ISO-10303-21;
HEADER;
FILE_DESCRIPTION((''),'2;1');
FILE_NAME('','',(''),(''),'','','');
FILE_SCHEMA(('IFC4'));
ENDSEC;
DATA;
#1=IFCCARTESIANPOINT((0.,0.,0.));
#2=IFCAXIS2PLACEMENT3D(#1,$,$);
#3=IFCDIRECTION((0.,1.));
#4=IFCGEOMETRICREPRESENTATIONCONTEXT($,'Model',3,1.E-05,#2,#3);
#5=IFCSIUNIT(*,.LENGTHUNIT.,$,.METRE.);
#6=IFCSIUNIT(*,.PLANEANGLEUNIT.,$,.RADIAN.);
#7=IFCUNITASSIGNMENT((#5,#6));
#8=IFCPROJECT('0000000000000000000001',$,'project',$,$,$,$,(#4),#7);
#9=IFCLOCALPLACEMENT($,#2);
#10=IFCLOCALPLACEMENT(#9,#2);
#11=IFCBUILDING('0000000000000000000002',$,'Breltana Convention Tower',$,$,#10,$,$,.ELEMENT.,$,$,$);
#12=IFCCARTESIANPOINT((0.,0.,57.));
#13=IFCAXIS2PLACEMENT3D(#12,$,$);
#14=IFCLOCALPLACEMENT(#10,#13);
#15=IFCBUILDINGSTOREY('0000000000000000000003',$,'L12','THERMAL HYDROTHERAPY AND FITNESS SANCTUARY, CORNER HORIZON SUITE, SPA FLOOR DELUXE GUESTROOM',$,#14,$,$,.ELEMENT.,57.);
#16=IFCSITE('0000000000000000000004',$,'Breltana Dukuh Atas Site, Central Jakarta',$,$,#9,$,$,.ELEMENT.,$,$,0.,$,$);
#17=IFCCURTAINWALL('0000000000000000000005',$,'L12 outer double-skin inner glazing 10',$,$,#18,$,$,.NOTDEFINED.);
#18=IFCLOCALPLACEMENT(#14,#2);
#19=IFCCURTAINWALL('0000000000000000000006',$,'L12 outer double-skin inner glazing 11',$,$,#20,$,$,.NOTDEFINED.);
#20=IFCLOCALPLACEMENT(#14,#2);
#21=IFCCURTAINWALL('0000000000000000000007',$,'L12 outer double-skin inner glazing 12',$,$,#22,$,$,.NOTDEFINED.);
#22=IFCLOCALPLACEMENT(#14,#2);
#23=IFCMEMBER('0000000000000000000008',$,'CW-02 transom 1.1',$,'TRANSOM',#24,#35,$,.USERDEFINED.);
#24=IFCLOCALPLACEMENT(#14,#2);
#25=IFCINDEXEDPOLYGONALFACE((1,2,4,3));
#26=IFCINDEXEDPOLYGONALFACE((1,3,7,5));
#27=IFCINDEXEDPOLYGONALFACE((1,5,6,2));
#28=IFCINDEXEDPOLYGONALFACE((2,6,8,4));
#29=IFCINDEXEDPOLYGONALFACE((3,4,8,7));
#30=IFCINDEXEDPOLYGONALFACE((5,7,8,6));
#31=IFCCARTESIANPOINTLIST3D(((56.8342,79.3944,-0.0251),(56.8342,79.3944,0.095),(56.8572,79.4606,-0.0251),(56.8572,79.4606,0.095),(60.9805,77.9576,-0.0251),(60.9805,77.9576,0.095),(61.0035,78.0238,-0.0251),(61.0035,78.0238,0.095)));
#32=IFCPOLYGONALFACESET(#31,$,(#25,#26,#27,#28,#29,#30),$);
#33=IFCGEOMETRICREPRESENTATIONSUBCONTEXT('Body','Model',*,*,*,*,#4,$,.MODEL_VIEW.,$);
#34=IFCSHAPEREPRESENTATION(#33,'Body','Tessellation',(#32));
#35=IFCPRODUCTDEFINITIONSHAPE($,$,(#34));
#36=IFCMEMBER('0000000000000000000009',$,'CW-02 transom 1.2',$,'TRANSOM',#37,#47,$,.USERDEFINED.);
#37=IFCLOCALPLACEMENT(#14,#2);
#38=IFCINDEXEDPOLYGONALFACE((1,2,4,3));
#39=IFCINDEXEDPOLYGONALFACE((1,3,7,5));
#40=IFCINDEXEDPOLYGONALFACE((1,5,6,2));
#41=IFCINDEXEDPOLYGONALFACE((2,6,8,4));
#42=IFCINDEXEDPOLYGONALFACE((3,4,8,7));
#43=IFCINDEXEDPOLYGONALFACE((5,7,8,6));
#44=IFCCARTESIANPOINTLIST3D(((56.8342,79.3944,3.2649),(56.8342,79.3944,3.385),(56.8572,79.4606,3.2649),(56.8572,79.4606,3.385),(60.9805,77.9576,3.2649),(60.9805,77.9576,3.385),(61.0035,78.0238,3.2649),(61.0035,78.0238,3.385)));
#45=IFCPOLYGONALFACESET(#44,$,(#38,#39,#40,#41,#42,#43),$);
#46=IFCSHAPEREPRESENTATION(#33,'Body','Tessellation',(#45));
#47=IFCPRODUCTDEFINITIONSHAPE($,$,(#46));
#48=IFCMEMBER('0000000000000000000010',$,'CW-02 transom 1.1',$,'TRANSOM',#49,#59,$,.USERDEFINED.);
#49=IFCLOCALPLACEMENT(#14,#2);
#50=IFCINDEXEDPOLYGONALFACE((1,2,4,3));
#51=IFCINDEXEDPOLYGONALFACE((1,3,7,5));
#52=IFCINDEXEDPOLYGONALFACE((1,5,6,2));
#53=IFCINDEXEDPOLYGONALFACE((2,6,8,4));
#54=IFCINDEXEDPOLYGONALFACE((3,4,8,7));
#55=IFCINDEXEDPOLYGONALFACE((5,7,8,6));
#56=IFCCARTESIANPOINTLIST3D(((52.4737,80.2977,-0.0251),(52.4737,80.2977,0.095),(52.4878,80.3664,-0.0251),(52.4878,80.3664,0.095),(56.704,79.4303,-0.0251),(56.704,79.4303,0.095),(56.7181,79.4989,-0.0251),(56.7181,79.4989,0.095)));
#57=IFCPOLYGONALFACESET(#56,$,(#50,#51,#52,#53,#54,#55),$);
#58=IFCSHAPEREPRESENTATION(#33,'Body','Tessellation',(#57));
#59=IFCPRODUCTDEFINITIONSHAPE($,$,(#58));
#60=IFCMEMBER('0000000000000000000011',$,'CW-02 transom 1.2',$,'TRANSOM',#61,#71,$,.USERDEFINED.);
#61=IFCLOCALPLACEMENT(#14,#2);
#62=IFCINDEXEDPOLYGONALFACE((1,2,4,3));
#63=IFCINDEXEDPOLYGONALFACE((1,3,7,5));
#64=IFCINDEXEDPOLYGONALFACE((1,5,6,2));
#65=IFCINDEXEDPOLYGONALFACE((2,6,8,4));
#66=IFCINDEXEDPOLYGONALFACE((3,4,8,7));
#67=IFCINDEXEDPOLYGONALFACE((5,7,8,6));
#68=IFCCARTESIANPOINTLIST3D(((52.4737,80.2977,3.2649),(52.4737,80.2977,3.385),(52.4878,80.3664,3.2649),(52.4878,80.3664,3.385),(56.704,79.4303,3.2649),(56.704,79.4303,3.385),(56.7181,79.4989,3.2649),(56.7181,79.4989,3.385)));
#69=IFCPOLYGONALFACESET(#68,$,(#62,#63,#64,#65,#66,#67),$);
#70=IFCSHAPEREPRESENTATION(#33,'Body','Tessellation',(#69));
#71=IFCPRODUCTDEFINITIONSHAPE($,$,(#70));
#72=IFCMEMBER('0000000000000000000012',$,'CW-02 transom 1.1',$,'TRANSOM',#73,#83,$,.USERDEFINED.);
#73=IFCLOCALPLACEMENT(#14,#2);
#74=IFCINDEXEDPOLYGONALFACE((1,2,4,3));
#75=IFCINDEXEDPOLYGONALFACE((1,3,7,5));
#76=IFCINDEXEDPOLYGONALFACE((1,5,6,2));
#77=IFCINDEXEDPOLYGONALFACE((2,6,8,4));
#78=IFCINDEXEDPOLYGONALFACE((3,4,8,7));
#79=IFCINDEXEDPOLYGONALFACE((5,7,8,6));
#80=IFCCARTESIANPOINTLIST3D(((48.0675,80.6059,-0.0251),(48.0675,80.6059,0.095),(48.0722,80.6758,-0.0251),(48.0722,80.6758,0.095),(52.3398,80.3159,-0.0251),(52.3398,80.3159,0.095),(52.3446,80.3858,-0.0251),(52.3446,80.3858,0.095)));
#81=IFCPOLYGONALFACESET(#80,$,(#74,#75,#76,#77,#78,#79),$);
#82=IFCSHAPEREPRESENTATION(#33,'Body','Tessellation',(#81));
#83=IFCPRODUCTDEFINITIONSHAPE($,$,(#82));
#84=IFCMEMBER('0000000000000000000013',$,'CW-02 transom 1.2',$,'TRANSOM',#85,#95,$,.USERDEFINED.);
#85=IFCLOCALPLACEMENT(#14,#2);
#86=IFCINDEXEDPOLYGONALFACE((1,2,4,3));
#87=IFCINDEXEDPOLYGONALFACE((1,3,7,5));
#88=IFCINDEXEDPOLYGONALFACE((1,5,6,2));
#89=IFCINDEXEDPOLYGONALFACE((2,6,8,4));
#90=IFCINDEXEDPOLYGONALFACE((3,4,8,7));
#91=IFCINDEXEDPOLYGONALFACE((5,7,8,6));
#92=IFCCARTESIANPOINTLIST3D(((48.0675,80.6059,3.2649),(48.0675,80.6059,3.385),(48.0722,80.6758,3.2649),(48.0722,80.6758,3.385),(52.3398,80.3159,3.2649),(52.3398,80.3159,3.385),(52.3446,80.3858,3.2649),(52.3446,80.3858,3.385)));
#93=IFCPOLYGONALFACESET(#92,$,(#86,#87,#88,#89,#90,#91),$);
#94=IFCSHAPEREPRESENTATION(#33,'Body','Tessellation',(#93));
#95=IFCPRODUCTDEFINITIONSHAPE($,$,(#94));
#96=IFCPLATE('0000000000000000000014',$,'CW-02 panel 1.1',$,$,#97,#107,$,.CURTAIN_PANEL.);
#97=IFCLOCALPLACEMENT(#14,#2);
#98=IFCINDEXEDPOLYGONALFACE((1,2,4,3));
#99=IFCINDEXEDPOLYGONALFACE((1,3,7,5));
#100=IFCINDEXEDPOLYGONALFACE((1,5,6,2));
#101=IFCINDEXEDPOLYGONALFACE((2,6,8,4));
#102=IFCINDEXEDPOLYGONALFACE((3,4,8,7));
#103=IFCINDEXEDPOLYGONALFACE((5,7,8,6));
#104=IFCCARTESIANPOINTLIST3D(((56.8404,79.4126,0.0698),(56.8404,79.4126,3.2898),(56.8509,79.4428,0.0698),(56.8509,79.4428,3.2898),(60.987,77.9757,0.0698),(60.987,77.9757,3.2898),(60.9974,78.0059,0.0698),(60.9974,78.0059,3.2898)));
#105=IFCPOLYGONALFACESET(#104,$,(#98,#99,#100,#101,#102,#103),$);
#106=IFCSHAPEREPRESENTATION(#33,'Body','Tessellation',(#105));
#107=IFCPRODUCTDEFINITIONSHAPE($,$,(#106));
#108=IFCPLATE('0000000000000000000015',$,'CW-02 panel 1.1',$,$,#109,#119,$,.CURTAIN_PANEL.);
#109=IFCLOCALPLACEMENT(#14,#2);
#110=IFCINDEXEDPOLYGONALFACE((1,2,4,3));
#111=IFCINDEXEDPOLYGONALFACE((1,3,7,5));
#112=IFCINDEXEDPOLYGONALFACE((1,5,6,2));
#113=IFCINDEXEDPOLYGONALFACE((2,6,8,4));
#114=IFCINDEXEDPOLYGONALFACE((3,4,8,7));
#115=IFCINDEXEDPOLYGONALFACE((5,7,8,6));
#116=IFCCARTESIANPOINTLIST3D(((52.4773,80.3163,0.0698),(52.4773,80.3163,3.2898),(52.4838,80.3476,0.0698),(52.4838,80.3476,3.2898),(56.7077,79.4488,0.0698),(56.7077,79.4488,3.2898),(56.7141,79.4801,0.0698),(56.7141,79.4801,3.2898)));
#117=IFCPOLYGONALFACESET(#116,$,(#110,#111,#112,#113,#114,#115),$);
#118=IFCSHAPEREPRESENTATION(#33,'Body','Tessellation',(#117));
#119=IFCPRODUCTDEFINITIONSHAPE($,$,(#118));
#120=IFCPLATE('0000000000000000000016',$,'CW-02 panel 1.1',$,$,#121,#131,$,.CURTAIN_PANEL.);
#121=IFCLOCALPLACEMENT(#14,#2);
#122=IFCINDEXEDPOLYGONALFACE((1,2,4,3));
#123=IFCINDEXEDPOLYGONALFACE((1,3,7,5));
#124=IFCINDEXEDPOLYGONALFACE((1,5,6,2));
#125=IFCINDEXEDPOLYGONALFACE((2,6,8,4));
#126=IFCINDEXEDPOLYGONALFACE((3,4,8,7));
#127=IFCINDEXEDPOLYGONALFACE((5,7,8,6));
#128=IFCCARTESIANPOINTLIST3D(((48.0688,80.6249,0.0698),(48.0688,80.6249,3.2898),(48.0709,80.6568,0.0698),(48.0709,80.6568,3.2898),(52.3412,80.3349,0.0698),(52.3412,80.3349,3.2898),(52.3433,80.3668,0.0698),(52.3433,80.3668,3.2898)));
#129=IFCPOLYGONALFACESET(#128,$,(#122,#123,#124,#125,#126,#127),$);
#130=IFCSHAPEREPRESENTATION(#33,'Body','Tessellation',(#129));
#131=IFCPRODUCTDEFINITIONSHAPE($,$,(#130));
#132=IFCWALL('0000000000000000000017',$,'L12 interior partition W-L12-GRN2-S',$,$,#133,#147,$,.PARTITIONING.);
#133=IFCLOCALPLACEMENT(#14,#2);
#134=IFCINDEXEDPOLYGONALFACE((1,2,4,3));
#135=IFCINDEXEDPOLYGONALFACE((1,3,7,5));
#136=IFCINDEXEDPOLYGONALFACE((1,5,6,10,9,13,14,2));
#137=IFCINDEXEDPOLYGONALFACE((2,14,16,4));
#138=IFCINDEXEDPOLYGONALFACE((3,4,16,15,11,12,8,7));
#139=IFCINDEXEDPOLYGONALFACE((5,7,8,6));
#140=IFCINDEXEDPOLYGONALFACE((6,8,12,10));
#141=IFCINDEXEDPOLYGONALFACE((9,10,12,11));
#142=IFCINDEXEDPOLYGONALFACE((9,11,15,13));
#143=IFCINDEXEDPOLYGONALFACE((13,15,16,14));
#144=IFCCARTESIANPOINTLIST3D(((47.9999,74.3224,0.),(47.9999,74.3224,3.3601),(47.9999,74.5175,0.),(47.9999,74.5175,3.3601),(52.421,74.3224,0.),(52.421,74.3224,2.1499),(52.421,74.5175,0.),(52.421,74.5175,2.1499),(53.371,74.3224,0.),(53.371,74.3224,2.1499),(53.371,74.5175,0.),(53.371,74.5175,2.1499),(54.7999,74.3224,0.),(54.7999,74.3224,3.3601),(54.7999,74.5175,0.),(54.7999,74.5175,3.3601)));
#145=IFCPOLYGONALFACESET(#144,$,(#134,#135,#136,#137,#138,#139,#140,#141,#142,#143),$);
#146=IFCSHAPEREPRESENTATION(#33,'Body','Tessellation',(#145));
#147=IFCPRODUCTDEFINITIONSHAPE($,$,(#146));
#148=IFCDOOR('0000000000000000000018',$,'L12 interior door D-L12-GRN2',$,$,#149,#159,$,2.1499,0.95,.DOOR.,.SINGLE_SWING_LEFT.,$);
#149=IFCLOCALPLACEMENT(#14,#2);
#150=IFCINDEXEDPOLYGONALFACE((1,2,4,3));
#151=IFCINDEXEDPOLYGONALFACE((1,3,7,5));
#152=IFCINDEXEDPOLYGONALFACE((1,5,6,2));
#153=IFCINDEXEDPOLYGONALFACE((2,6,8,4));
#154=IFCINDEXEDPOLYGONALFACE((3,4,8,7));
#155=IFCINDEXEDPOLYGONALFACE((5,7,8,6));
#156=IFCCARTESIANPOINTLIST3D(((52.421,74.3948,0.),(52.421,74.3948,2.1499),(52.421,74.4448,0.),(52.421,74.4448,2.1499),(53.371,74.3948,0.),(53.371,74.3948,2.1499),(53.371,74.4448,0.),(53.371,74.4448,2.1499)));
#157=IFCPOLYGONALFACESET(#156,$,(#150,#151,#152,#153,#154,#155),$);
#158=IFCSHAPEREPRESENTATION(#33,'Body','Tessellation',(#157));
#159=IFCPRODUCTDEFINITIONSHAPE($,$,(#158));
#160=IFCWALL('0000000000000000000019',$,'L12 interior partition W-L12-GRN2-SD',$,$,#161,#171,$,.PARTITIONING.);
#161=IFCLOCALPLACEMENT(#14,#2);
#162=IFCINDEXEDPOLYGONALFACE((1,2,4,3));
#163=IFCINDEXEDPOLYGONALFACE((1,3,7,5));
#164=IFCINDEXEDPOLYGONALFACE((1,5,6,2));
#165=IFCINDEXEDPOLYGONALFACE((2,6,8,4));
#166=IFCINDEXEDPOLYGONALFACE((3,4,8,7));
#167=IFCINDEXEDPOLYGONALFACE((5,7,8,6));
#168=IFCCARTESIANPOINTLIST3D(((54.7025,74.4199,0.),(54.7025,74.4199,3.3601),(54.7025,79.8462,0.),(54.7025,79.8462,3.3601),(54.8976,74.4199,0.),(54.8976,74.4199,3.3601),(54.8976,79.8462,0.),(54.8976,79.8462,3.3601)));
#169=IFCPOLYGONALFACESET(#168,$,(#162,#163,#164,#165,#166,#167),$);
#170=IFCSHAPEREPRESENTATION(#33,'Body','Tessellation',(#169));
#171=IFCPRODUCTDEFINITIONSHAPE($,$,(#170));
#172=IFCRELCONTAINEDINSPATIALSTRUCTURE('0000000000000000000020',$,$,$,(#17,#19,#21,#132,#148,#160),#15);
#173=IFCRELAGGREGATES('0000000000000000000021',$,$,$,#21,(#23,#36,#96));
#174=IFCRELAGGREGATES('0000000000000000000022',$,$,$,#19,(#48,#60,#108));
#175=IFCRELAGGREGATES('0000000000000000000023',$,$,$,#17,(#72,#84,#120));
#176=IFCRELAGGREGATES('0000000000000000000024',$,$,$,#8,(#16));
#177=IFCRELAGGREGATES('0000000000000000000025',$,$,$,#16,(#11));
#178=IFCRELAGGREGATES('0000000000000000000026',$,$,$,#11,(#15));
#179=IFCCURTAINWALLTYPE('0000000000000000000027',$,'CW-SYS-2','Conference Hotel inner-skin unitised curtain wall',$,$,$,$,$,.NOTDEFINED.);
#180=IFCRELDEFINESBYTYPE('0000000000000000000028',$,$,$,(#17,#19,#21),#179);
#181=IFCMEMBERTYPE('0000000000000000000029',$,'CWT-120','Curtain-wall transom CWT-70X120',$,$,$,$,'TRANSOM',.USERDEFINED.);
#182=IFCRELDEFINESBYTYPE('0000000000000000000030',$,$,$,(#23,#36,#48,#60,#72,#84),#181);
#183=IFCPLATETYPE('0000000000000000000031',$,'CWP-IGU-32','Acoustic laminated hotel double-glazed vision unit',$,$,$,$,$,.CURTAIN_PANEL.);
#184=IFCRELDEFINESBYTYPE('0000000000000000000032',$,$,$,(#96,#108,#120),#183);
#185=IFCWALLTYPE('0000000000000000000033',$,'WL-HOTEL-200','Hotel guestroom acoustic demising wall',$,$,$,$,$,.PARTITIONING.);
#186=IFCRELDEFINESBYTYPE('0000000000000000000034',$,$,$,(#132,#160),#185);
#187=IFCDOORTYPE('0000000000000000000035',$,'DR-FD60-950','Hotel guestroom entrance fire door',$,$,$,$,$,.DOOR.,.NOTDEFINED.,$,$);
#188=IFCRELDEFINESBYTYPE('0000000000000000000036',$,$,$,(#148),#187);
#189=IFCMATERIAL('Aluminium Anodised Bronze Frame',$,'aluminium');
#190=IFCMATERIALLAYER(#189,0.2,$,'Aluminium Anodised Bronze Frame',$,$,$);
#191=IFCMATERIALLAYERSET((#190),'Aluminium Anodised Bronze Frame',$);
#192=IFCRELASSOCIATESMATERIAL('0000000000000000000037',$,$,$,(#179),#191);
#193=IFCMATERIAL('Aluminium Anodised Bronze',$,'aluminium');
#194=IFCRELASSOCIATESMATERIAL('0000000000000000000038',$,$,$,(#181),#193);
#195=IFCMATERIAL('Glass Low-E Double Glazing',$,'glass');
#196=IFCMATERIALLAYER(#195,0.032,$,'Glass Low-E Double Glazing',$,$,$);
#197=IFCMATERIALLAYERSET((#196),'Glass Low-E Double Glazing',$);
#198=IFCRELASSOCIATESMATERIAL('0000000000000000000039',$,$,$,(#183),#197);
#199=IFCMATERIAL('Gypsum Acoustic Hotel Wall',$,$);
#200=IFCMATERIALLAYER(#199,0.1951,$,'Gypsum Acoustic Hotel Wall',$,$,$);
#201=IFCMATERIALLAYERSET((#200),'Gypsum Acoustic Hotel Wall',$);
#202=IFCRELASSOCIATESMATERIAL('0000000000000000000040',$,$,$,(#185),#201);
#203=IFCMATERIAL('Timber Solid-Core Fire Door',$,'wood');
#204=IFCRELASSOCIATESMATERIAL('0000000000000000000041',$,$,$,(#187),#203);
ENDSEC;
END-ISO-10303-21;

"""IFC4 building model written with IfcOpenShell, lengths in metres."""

from ifc_helpers import new_model, si_unit, direction, frame, frame_2d, origin, origin_2d, place, context, subcontext, project, spatial, rectangle, extrude, source, transform, mapped, material, layer, layer_set, material_profile, profile_set, type_object, type_shapes, element, fill, aggregate, save


model = new_model("IFC4")

# Units and contexts
model_context = context("Model", 3, precision=1e-05, world=origin(), true_north=direction((0.0, 1.0)))
body_context = subcontext(model_context, "Body", "Model", "MODEL_VIEW")
ifc_project = project(units=[si_unit("LENGTHUNIT", "METRE"), si_unit("PLANEANGLEUNIT", "RADIAN")], contexts=[model_context])

# Site, building, storey
site_placement = place(None, origin())
site = spatial("IfcSite", under=ifc_project, at=site_placement, Name="Breltana Dukuh Atas Site, Central Jakarta", CompositionType="ELEMENT", RefElevation=0.0)
building_placement = place(site_placement, origin())
building = spatial("IfcBuilding", under=site, at=building_placement, Name="Breltana Convention Tower", CompositionType="ELEMENT")
storey_placement = place(building_placement, frame((0.0, 0.0, 57.0)))
storey = spatial("IfcBuildingStorey", under=building, at=storey_placement, Name="L12", Description="THERMAL HYDROTHERAPY AND FITNESS SANCTUARY, CORNER HORIZON SUITE, SPA FLOOR DELUXE GUESTROOM", CompositionType="ELEMENT", Elevation=57.0)

# Curtain walls
ifc_material_1 = material(Name="Aluminium Anodised Bronze Frame", Category="aluminium")
ifc_layer_1 = layer(ifc_material_1, 0.2, Name="Aluminium Anodised Bronze Frame")
ifc_layer_set_1 = layer_set([ifc_layer_1], Name="Aluminium Anodised Bronze Frame")
curtain_wall_type = type_object("IfcCurtainWallType", Name="CW-SYS-2", Description="Conference Hotel inner-skin unitised curtain wall", PredefinedType="NOTDEFINED", material=ifc_layer_set_1)
curtain_wall_1_placement = place(storey_placement, origin())
curtain_wall_1 = element("IfcCurtainWall", 1, at=curtain_wall_1_placement, inside=storey, type_object=curtain_wall_type, Name="L12 outer double-skin inner glazing 10", PredefinedType="NOTDEFINED")
ifc_material_2 = material(Name="Aluminium Anodised Bronze", Category="aluminium")
curtain_wall_2_placement = place(storey_placement, origin())
curtain_wall_2 = element("IfcCurtainWall", 2, at=curtain_wall_2_placement, inside=storey, type_object=curtain_wall_type, Name="L12 outer double-skin inner glazing 11", PredefinedType="NOTDEFINED")
curtain_wall_3_placement = place(storey_placement, origin())
curtain_wall_3 = element("IfcCurtainWall", 3, at=curtain_wall_3_placement, inside=storey, type_object=curtain_wall_type, Name="L12 outer double-skin inner glazing 12", PredefinedType="NOTDEFINED")
ifc_material_profile_1 = material_profile(ifc_material_2, rectangle(XDim=0.0701, YDim=0.1201, at=origin_2d()), Name="CWT-70X120")
ifc_profile_set_1 = profile_set([ifc_material_profile_1], Name="Aluminium Anodised Bronze")
member_type_1 = type_object("IfcMemberType", Name="CWT-120", Description="Curtain-wall transom CWT-70X120", ElementType="TRANSOM", PredefinedType="USERDEFINED", material=ifc_profile_set_1)

# Members
shared_shape_1 = source(origin(), body_context, "Body", "SweptSolid", [
    extrude(rectangle(XDim=0.0701, YDim=0.1201, at=origin_2d()), origin(), (0.0, 0.0, 1.0), 4.3882),
])
member_1_placement = place(storey_placement, frame((56.8457, 79.4275, 0.0349), z_axis=(0.944878, -0.327422, 0.0), x_axis=(0.327422, 0.944878, 0.0)))
member_1 = element("IfcMember", 4, at=member_1_placement, type_object=member_type_1, Name="CW-02 transom 1.1", ObjectType="TRANSOM", PredefinedType="USERDEFINED", context=body_context, shape_type="MappedRepresentation", body=[
    mapped(shared_shape_1, transform((0.0, 0.0, 0.0), scale=1.0)),
])
member_2_placement = place(storey_placement, frame((56.8457, 79.4275, 3.325), z_axis=(0.944878, -0.327422, 0.0), x_axis=(0.327422, 0.944878, 0.0)))
member_2 = element("IfcMember", 5, at=member_2_placement, type_object=member_type_1, Name="CW-02 transom 1.2", ObjectType="TRANSOM", PredefinedType="USERDEFINED", context=body_context, shape_type="MappedRepresentation", body=[
    mapped(shared_shape_1, transform((0.0, 0.0, 0.0), scale=1.0)),
])
shared_shape_2 = source(origin(), body_context, "Body", "SweptSolid", [
    extrude(rectangle(XDim=0.0701, YDim=0.1201, at=origin_2d()), origin(), (0.0, 0.0, 1.0), 4.3184),
])
member_3_placement = place(storey_placement, frame((52.4807, 80.332, 0.0349), z_axis=(0.979617, -0.200876, 0.0), x_axis=(0.200876, 0.979617, 0.0)))
member_3 = element("IfcMember", 6, at=member_3_placement, type_object=member_type_1, Name="CW-02 transom 1.1", ObjectType="TRANSOM", PredefinedType="USERDEFINED", context=body_context, shape_type="MappedRepresentation", body=[
    mapped(shared_shape_2, transform((0.0, 0.0, 0.0), scale=1.0)),
])
member_4_placement = place(storey_placement, frame((52.4807, 80.332, 3.325), z_axis=(0.979617, -0.200876, 0.0), x_axis=(0.200876, 0.979617, 0.0)))
member_4 = element("IfcMember", 7, at=member_4_placement, type_object=member_type_1, Name="CW-02 transom 1.2", ObjectType="TRANSOM", PredefinedType="USERDEFINED", context=body_context, shape_type="MappedRepresentation", body=[
    mapped(shared_shape_2, transform((0.0, 0.0, 0.0), scale=1.0)),
])
shared_shape_3 = source(origin(), body_context, "Body", "SweptSolid", [
    extrude(rectangle(XDim=0.0701, YDim=0.1201, at=origin_2d()), origin(), (0.0, 0.0, 1.0), 4.2822),
])
member_5_placement = place(storey_placement, frame((48.0698, 80.6409, 0.0349), z_axis=(0.997704, -0.06773, 0.0), x_axis=(0.06773, 0.997704, 0.0)))
member_5 = element("IfcMember", 8, at=member_5_placement, type_object=member_type_1, Name="CW-02 transom 1.1", ObjectType="TRANSOM", PredefinedType="USERDEFINED", context=body_context, shape_type="MappedRepresentation", body=[
    mapped(shared_shape_3, transform((0.0, 0.0, 0.0), scale=1.0)),
])
member_6_placement = place(storey_placement, frame((48.0698, 80.6409, 3.325), z_axis=(0.997704, -0.06773, 0.0), x_axis=(0.06773, 0.997704, 0.0)))
member_6 = element("IfcMember", 9, at=member_6_placement, type_object=member_type_1, Name="CW-02 transom 1.2", ObjectType="TRANSOM", PredefinedType="USERDEFINED", context=body_context, shape_type="MappedRepresentation", body=[
    mapped(shared_shape_3, transform((0.0, 0.0, 0.0), scale=1.0)),
])

# Plates
ifc_material_3 = material(Name="Glass Low-E Double Glazing", Category="glass")
ifc_layer_2 = layer(ifc_material_3, 0.032, Name="Glass Low-E Double Glazing")
ifc_layer_set_2 = layer_set([ifc_layer_2], Name="Glass Low-E Double Glazing")
plate_type = type_object("IfcPlateType", Name="CWP-IGU-32", Description="Acoustic laminated hotel double-glazed vision unit", PredefinedType="CURTAIN_PANEL", material=ifc_layer_set_2)
shared_shape_4 = source(origin(), body_context, "Body", "SweptSolid", [
    extrude(rectangle(XDim=4.3884, YDim=0.032, at=origin_2d()), origin(), (0.0, 0.0, 1.0), 3.22),
])
plate_1_placement = place(storey_placement, frame((58.9189, 78.7092, 0.0698), z_axis=(0.0, 0.0, 1.0), x_axis=(0.944876, -0.327428, 0.0)))
plate_1 = element("IfcPlate", 10, at=plate_1_placement, type_object=plate_type, Name="CW-02 panel 1.1", PredefinedType="CURTAIN_PANEL", context=body_context, shape_type="MappedRepresentation", body=[
    mapped(shared_shape_4, transform((0.0, 0.0, 0.0), scale=1.0)),
])
aggregate(curtain_wall_3, [member_1, member_2, plate_1])
shared_shape_5 = source(origin(), body_context, "Body", "SweptSolid", [
    extrude(rectangle(XDim=4.3184, YDim=0.032, at=origin_2d()), origin(), (0.0, 0.0, 1.0), 3.22),
])
plate_2_placement = place(storey_placement, frame((54.5957, 79.8982, 0.0698), z_axis=(0.0, 0.0, 1.0), x_axis=(0.979615, -0.200885, 0.0)))
plate_2 = element("IfcPlate", 11, at=plate_2_placement, type_object=plate_type, Name="CW-02 panel 1.1", PredefinedType="CURTAIN_PANEL", context=body_context, shape_type="MappedRepresentation", body=[
    mapped(shared_shape_5, transform((0.0, 0.0, 0.0), scale=1.0)),
])
aggregate(curtain_wall_2, [member_3, member_4, plate_2])
shared_shape_6 = source(origin(), body_context, "Body", "SweptSolid", [
    extrude(rectangle(XDim=4.2822, YDim=0.032, at=origin_2d()), origin(), (0.0, 0.0, 1.0), 3.22),
])
plate_3_placement = place(storey_placement, frame((50.2061, 80.4958, 0.0698), z_axis=(0.0, 0.0, 1.0), x_axis=(0.997704, -0.067726, 0.0)))
plate_3 = element("IfcPlate", 12, at=plate_3_placement, type_object=plate_type, Name="CW-02 panel 1.1", PredefinedType="CURTAIN_PANEL", context=body_context, shape_type="MappedRepresentation", body=[
    mapped(shared_shape_6, transform((0.0, 0.0, 0.0), scale=1.0)),
])
aggregate(curtain_wall_1, [member_5, member_6, plate_3])

# Wall, opening, door
ifc_material_4 = material(Name="Gypsum Acoustic Hotel Wall")
ifc_layer_3 = layer(ifc_material_4, 0.1951, Name="Gypsum Acoustic Hotel Wall")
ifc_layer_set_3 = layer_set([ifc_layer_3], Name="Gypsum Acoustic Hotel Wall")
wall_type_1 = type_object("IfcWallType", Name="WL-HOTEL-200", Description="Hotel guestroom acoustic demising wall", PredefinedType="PARTITIONING", material=ifc_layer_set_3)
shared_shape_7 = source(origin(), body_context, "Body", "SweptSolid", [
    extrude(rectangle(XDim=6.8, YDim=0.1951, at=frame_2d((3.3999, 0.0))), origin(), (0.0, 0.0, 1.0), 3.3601),
])
type_shapes(wall_type_1, [shared_shape_7])
wall_1_placement = place(storey_placement, frame((48.0, 74.4199, 0.0), z_axis=(0.0, 0.0, 1.0), x_axis=(1.0, 0.0, 0.0)))
wall_1 = element("IfcWall", 13, at=wall_1_placement, inside=storey, type_object=wall_type_1, Name="L12 interior partition W-L12-GRN2-S", PredefinedType="PARTITIONING", context=body_context, shape_type="MappedRepresentation", body=[
    mapped(shared_shape_7, transform((0.0, 0.0, 0.0), scale=1.0)),
])
opening_1_placement = place(wall_1_placement, frame((4.4209, 0.0, 0.0)))
opening_1 = element("IfcOpeningElement", 14, at=opening_1_placement, cuts=wall_1, PredefinedType="OPENING", context=body_context, shape_type="SweptSolid", body=[
    extrude(rectangle(XDim=0.95, YDim=2.1499, at=frame_2d((0.4751, 1.075))), frame((0.0, 0.1074, 0.0), z_axis=(0.0, -1.0, 0.0), x_axis=(1.0, 0.0, 0.0)), (0.0, 0.0, 1.0), 0.2151),
])
ifc_material_5 = material(Name="Timber Solid-Core Fire Door", Category="wood")
door_type_1 = type_object("IfcDoorType", Name="DR-FD60-950", Description="Hotel guestroom entrance fire door", OperationType="NOTDEFINED", PredefinedType="DOOR", material=ifc_material_5)
shared_shape_8 = source(origin(), body_context, "Body", "SweptSolid", [
    extrude(rectangle(XDim=0.95, YDim=2.1499, at=frame_2d((0.4751, 1.075))), frame((0.0, 0.0249, 0.0), z_axis=(0.0, -1.0, 0.0), x_axis=(1.0, 0.0, 0.0)), (0.0, 0.0, 1.0), 0.05),
])
type_shapes(door_type_1, [shared_shape_8])
door_1_placement = place(opening_1_placement, origin())
door_1 = element("IfcDoor", 15, at=door_1_placement, inside=storey, type_object=door_type_1, Name="L12 interior door D-L12-GRN2", OperationType="SINGLE_SWING_LEFT", OverallHeight=2.1499, OverallWidth=0.95, PredefinedType="DOOR", context=body_context, shape_type="MappedRepresentation", body=[
    mapped(shared_shape_8, transform((0.0, 0.0, 0.0), scale=1.0)),
])
fill(opening_1, door_1)

# Wall
shared_shape_9 = source(origin(), body_context, "Body", "SweptSolid", [
    extrude(rectangle(XDim=5.4263, YDim=0.1951, at=frame_2d((2.7131, 0.0))), origin(), (0.0, 0.0, 1.0), 3.3601),
])
wall_2_placement = place(storey_placement, frame((54.8, 74.4199, 0.0), z_axis=(0.0, 0.0, 1.0), x_axis=(0.0, 1.0, 0.0)))
element("IfcWall", 16, at=wall_2_placement, inside=storey, type_object=wall_type_1, Name="L12 interior partition W-L12-GRN2-SD", PredefinedType="PARTITIONING", context=body_context, shape_type="MappedRepresentation", body=[
    mapped(shared_shape_9, transform((0.0, 0.0, 0.0), scale=1.0)),
])

save(model, "model.ifc")
